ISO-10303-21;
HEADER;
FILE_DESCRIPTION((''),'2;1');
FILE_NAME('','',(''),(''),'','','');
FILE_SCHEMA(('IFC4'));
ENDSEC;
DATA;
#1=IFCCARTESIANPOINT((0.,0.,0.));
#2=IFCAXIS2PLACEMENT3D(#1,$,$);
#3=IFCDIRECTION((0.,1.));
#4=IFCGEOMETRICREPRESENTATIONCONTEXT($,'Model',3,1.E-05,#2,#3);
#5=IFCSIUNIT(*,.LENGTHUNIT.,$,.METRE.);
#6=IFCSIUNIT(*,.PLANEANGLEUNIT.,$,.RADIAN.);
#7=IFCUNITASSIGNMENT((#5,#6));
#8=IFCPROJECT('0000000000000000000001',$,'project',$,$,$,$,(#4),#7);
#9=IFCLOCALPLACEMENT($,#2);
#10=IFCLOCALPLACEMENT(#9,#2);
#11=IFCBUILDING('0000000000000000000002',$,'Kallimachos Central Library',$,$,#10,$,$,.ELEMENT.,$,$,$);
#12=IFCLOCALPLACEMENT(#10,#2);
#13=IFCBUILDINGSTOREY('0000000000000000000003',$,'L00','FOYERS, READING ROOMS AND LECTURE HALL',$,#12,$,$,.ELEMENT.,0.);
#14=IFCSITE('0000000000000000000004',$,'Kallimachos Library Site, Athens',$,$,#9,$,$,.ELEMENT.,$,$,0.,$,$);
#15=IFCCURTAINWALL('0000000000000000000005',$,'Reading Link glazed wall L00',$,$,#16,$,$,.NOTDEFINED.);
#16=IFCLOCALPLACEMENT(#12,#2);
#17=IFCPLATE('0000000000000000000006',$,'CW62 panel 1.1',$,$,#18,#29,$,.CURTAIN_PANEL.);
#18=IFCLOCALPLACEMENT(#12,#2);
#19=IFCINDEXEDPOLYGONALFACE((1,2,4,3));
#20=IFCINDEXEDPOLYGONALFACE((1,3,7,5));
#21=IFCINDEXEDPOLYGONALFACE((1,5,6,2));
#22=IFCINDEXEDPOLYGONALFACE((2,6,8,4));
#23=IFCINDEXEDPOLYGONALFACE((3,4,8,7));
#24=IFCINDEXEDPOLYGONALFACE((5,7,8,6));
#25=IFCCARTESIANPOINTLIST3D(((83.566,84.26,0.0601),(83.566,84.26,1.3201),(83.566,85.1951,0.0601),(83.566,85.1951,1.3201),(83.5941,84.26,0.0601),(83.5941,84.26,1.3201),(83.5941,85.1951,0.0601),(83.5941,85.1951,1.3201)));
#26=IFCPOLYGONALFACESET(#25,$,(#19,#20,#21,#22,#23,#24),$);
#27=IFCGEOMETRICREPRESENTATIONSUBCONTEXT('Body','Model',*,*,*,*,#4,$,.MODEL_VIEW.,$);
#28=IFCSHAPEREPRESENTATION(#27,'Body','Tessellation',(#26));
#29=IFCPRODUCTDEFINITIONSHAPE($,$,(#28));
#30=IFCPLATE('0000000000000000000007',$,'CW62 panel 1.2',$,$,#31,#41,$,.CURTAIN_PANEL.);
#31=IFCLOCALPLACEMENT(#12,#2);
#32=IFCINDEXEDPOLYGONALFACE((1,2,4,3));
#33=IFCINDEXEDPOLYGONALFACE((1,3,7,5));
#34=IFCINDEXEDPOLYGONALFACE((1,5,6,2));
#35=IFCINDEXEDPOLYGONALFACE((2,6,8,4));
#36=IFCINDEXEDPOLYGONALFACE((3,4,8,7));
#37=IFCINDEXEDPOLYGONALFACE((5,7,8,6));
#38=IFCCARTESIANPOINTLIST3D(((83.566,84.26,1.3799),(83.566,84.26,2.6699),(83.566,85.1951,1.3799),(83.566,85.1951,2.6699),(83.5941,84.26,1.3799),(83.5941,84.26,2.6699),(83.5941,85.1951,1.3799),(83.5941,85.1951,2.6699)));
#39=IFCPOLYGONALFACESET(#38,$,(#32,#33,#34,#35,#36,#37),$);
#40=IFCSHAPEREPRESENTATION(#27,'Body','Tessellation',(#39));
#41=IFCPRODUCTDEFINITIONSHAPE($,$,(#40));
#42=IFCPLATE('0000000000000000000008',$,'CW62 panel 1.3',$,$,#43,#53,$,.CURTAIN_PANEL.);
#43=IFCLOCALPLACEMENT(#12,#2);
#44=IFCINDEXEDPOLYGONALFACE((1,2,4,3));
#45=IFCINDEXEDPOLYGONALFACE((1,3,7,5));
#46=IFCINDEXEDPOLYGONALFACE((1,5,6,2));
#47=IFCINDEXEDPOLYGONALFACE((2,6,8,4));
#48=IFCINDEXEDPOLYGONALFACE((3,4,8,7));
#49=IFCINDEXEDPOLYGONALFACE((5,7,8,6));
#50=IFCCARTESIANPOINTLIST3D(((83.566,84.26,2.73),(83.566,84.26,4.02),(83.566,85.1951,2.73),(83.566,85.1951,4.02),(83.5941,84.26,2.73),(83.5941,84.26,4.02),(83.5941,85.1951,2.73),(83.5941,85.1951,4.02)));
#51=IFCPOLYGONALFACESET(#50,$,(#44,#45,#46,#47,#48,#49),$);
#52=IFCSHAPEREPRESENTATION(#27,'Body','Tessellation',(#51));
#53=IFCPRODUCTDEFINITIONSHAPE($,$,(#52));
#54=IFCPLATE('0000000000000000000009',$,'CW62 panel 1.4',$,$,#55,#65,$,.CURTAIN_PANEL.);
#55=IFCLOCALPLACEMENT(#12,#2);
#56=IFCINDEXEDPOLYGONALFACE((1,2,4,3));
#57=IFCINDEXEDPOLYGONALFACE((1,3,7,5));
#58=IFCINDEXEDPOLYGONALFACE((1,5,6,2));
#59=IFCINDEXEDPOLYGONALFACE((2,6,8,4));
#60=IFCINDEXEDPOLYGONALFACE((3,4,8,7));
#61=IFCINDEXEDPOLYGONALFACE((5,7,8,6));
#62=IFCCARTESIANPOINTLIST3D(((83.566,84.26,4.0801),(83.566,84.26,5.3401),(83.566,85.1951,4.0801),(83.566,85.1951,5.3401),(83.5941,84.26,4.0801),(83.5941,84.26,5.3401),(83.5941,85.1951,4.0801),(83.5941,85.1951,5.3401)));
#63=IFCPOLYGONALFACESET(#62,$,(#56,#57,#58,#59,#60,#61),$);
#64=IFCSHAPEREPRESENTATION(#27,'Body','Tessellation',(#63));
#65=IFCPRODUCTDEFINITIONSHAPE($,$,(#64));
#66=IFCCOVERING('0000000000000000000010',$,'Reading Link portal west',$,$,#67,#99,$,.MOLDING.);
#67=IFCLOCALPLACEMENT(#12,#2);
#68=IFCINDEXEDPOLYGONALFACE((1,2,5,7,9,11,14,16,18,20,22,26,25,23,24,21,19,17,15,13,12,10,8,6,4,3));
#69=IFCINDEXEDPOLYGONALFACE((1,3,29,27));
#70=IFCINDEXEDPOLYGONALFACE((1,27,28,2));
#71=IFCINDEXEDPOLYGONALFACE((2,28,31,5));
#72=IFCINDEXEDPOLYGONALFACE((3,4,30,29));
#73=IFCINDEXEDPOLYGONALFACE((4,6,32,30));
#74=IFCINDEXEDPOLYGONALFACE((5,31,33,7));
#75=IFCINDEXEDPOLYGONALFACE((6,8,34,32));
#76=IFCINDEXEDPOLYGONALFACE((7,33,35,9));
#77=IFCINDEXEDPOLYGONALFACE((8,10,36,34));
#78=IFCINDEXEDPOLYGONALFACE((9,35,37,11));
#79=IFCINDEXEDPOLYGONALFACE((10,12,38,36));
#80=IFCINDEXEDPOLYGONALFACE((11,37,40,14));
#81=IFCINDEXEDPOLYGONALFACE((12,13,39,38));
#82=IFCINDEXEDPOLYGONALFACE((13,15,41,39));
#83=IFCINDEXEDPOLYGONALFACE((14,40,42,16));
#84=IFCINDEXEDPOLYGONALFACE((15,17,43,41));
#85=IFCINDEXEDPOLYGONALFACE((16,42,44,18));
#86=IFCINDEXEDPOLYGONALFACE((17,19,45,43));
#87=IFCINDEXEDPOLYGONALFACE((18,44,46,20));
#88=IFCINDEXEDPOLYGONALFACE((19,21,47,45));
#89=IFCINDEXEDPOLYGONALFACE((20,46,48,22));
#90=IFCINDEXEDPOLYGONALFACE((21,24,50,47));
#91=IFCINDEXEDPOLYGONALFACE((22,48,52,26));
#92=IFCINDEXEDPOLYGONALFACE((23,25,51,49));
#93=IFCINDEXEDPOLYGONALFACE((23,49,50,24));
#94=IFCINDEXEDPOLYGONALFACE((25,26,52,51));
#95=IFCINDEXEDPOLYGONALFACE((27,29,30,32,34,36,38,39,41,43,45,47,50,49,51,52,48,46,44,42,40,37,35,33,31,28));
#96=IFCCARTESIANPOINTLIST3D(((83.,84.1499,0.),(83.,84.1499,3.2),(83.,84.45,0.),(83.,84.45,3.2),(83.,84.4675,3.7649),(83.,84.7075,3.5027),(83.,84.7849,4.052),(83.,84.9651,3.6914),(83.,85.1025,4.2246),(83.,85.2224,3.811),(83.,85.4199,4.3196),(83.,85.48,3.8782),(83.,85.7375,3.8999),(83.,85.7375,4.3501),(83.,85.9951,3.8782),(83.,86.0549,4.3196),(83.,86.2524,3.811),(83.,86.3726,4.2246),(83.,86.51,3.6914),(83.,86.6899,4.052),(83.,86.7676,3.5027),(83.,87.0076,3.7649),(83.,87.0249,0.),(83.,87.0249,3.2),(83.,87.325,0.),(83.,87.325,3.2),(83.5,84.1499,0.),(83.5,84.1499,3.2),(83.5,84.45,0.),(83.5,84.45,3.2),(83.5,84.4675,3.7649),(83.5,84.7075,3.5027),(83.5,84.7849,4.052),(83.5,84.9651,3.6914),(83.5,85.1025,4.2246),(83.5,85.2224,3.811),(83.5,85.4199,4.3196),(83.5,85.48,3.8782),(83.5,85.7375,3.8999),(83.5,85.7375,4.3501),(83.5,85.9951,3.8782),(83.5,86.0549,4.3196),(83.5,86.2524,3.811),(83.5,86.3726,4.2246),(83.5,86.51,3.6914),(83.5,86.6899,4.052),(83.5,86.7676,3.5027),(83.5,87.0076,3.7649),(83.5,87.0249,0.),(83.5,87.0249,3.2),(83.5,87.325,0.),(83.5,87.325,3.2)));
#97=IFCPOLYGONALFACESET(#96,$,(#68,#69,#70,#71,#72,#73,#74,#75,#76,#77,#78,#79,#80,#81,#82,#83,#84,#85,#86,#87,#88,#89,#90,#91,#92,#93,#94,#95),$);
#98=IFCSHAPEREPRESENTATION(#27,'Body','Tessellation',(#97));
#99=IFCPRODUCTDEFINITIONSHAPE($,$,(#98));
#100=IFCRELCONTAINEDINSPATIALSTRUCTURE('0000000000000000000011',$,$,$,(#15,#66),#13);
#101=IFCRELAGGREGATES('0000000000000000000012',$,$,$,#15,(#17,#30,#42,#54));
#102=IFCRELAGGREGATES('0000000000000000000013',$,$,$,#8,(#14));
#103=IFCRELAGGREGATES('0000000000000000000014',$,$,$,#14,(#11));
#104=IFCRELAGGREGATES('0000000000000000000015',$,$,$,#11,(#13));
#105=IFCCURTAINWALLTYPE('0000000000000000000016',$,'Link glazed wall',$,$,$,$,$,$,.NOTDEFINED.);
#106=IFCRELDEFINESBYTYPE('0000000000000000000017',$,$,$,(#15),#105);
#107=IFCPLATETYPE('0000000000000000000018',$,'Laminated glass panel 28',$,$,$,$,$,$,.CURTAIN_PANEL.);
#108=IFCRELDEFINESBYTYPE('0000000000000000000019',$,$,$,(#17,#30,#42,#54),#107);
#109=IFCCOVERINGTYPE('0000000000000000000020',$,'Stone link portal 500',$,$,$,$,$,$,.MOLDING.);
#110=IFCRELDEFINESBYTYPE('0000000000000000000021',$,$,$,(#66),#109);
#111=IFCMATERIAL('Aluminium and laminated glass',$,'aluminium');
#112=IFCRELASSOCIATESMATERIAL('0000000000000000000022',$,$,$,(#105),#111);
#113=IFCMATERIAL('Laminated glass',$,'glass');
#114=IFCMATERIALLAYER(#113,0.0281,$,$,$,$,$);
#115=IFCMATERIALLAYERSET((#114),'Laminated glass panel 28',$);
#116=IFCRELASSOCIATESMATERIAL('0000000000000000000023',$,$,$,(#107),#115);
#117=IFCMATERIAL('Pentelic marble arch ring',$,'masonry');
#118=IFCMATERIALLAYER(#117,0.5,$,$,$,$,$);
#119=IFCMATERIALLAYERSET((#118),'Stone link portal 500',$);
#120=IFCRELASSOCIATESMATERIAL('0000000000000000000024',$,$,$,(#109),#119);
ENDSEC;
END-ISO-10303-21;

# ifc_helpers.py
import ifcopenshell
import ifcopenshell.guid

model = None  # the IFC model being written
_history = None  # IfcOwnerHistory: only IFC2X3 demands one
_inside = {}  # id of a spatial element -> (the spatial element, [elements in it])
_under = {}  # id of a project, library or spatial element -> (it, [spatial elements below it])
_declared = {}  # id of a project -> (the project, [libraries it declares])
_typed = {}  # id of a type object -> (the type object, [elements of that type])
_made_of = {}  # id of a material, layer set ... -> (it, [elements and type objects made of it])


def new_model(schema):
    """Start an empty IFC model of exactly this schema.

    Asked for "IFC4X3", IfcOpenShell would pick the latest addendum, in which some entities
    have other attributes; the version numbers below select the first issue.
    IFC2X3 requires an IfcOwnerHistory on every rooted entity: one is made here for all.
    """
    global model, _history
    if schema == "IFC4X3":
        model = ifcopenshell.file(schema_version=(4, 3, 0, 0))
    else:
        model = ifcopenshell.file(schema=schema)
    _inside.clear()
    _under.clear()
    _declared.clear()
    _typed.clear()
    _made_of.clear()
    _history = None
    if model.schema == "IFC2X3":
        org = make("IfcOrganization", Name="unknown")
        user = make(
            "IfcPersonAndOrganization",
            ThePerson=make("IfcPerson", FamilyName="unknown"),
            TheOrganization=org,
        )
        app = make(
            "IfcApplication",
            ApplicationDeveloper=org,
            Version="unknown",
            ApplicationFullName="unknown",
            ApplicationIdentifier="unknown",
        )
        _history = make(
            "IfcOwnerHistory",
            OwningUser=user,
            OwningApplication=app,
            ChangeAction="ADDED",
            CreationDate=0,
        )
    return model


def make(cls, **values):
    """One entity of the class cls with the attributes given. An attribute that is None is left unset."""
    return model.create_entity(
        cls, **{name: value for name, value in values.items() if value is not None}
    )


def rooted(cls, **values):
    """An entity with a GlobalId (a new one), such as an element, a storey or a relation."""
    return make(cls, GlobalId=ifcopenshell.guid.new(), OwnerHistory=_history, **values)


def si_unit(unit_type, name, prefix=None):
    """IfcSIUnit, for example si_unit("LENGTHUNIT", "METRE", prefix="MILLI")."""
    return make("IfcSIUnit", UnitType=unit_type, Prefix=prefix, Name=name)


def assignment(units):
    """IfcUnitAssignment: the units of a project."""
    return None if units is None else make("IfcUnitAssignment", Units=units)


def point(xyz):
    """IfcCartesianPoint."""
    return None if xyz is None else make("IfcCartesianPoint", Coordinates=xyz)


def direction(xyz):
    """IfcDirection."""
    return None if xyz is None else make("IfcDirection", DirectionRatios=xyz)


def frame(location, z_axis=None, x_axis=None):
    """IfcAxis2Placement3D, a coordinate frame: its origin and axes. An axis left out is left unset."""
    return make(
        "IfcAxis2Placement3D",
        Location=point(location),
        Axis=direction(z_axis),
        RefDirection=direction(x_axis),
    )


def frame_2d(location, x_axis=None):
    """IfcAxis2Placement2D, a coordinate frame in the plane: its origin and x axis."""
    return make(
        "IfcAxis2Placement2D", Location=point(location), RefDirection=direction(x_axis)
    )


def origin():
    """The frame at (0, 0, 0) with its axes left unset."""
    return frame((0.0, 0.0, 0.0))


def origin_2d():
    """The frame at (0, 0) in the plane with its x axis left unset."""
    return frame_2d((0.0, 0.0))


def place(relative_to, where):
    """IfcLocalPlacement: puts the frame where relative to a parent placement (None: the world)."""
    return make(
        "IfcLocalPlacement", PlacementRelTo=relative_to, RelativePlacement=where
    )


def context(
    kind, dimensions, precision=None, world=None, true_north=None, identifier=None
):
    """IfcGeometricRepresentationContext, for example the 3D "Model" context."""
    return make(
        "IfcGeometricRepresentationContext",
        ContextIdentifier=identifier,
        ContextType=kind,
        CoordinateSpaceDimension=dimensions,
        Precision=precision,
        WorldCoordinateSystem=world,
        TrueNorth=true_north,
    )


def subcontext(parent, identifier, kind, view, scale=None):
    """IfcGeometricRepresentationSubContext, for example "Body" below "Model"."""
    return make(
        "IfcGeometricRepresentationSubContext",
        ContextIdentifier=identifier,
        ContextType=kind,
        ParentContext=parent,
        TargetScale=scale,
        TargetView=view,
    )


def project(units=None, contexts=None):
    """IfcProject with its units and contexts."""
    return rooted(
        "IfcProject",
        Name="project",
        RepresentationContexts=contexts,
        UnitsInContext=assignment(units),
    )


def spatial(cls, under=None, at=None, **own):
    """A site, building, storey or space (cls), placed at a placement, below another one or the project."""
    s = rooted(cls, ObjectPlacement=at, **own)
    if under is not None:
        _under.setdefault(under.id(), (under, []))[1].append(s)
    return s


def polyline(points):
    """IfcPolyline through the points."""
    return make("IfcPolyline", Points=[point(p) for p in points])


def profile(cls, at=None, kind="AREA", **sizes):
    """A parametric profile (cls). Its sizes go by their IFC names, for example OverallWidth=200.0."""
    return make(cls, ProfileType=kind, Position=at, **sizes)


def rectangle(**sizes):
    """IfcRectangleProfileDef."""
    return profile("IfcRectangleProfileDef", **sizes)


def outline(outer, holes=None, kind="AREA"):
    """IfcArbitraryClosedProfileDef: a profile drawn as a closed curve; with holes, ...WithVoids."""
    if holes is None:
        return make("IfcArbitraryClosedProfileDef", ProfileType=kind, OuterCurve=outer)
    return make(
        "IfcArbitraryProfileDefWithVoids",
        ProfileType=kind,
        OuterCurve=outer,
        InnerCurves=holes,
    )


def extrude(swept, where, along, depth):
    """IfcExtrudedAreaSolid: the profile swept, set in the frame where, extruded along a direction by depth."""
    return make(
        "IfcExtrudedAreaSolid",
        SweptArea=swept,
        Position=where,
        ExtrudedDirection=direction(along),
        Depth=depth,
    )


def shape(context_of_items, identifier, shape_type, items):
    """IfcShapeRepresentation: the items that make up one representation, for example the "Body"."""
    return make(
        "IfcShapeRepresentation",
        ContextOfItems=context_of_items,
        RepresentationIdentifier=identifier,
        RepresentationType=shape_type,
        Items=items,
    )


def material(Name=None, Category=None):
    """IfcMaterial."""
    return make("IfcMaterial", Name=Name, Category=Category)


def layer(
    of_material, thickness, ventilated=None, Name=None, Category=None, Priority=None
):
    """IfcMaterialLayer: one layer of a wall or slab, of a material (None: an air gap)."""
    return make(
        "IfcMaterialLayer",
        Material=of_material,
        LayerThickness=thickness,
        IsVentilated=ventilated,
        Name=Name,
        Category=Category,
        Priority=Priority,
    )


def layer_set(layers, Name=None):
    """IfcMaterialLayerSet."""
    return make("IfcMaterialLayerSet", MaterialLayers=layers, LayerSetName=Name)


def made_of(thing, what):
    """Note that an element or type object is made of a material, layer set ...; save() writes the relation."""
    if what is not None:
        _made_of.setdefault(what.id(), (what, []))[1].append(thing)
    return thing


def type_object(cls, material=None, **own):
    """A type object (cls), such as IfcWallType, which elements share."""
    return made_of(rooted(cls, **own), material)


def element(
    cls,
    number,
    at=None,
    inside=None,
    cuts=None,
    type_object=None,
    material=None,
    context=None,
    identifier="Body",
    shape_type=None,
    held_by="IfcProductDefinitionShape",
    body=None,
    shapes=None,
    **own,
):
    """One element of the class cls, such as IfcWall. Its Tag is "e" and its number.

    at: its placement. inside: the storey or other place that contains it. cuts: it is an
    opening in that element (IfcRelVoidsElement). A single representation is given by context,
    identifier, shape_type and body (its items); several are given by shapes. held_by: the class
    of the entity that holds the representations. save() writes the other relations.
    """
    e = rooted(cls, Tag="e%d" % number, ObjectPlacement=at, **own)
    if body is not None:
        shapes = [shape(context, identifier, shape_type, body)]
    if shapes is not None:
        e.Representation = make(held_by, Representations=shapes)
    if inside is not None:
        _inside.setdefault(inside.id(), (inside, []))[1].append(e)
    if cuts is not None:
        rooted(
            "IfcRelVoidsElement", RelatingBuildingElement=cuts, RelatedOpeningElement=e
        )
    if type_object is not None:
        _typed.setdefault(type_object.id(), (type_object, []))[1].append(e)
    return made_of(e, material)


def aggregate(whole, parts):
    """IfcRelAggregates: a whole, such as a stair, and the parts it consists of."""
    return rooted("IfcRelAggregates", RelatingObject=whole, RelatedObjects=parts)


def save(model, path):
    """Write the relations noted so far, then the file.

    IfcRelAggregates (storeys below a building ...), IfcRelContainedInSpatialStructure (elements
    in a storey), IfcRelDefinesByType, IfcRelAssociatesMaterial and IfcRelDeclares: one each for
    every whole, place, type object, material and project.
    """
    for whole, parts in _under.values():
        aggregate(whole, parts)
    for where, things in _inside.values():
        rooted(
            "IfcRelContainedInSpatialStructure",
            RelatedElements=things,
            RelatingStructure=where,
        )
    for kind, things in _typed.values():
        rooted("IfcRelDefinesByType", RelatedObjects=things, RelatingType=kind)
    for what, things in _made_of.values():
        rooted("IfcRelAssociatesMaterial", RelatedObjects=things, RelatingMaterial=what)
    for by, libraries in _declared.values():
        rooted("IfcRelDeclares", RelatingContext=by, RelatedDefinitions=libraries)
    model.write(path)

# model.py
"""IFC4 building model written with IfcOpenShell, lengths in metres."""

from ifc_helpers import new_model, si_unit, direction, frame, origin, origin_2d, place, context, subcontext, project, spatial, polyline, rectangle, outline, extrude, material, layer, layer_set, type_object, element, aggregate, save


model = new_model("IFC4")

# Units and contexts
model_context = context("Model", 3, precision=1e-05, world=origin(), true_north=direction((0.0, 1.0)))
body_context = subcontext(model_context, "Body", "Model", "MODEL_VIEW")
ifc_project = project(units=[si_unit("LENGTHUNIT", "METRE"), si_unit("PLANEANGLEUNIT", "RADIAN")], contexts=[model_context])

# Site, building, storey
site_placement = place(None, origin())
site = spatial("IfcSite", under=ifc_project, at=site_placement, Name="Kallimachos Library Site, Athens", CompositionType="ELEMENT", RefElevation=0.0)
building_placement = place(site_placement, origin())
building = spatial("IfcBuilding", under=site, at=building_placement, Name="Kallimachos Central Library", CompositionType="ELEMENT")
storey_placement = place(building_placement, origin())
storey = spatial("IfcBuildingStorey", under=building, at=storey_placement, Name="L00", Description="FOYERS, READING ROOMS AND LECTURE HALL", CompositionType="ELEMENT", Elevation=0.0)

# Curtain wall
ifc_material_1 = material(Name="Aluminium and laminated glass", Category="aluminium")
curtain_wall_type = type_object("IfcCurtainWallType", Name="Link glazed wall", PredefinedType="NOTDEFINED", material=ifc_material_1)
curtain_wall_placement = place(storey_placement, origin())
curtain_wall = element("IfcCurtainWall", 1, at=curtain_wall_placement, inside=storey, type_object=curtain_wall_type, Name="Reading Link glazed wall L00", PredefinedType="NOTDEFINED")

# Plates
ifc_material_2 = material(Name="Laminated glass", Category="glass")
ifc_layer_1 = layer(ifc_material_2, 0.0281)
ifc_layer_set_1 = layer_set([ifc_layer_1], Name="Laminated glass panel 28")
plate_type = type_object("IfcPlateType", Name="Laminated glass panel 28", PredefinedType="CURTAIN_PANEL", material=ifc_layer_set_1)
plate_1_placement = place(storey_placement, frame((83.5801, 84.7275, 0.0601), z_axis=(0.0, 0.0, 1.0), x_axis=(0.0, 1.0, 0.0)))
plate_1 = element("IfcPlate", 2, at=plate_1_placement, type_object=plate_type, Name="CW62 panel 1.1", PredefinedType="CURTAIN_PANEL", context=body_context, shape_type="SweptSolid", body=[
    extrude(rectangle(XDim=0.9351, YDim=0.0281, at=origin_2d()), origin(), (0.0, 0.0, 1.0), 1.26),
])
plate_2_placement = place(storey_placement, frame((83.5801, 84.7275, 1.3799), z_axis=(0.0, 0.0, 1.0), x_axis=(0.0, 1.0, 0.0)))
plate_2 = element("IfcPlate", 3, at=plate_2_placement, type_object=plate_type, Name="CW62 panel 1.2", PredefinedType="CURTAIN_PANEL", context=body_context, shape_type="SweptSolid", body=[
    extrude(rectangle(XDim=0.9351, YDim=0.0281, at=origin_2d()), origin(), (0.0, 0.0, 1.0), 1.29),
])
plate_3_placement = place(storey_placement, frame((83.5801, 84.7275, 2.73), z_axis=(0.0, 0.0, 1.0), x_axis=(0.0, 1.0, 0.0)))
plate_3 = element("IfcPlate", 4, at=plate_3_placement, type_object=plate_type, Name="CW62 panel 1.3", PredefinedType="CURTAIN_PANEL", context=body_context, shape_type="SweptSolid", body=[
    extrude(rectangle(XDim=0.9351, YDim=0.0281, at=origin_2d()), origin(), (0.0, 0.0, 1.0), 1.29),
])
plate_4_placement = place(storey_placement, frame((83.5801, 84.7275, 4.0801), z_axis=(0.0, 0.0, 1.0), x_axis=(0.0, 1.0, 0.0)))
plate_4 = element("IfcPlate", 5, at=plate_4_placement, type_object=plate_type, Name="CW62 panel 1.4", PredefinedType="CURTAIN_PANEL", context=body_context, shape_type="SweptSolid", body=[
    extrude(rectangle(XDim=0.9351, YDim=0.0281, at=origin_2d()), origin(), (0.0, 0.0, 1.0), 1.26),
])
aggregate(curtain_wall, [plate_1, plate_2, plate_3, plate_4])

# Covering
ifc_material_3 = material(Name="Pentelic marble arch ring", Category="masonry")
ifc_layer_2 = layer(ifc_material_3, 0.5)
ifc_layer_set_2 = layer_set([ifc_layer_2], Name="Stone link portal 500")
covering_type = type_object("IfcCoveringType", Name="Stone link portal 500", PredefinedType="MOLDING", material=ifc_layer_set_2)
covering_placement = place(storey_placement, frame((83.0, 84.1499, 0.0), z_axis=(-1.0, 0.0, 0.0), x_axis=(0.0, 0.0, 1.0)))
element("IfcCovering", 6, at=covering_placement, inside=storey, type_object=covering_type, Name="Reading Link portal west", PredefinedType="MOLDING", context=body_context, shape_type="SweptSolid", body=[
    extrude(outline(polyline([(0.0, 0.0), (3.2, 0.0), (3.7649, 0.3176), (4.052, 0.635), (4.2246, 0.9526), (4.3196, 1.27), (4.3501, 1.5876), (4.3196, 1.905), (4.2246, 2.2227), (4.052, 2.54), (3.7649, 2.8577), (3.2, 3.175), (0.0, 3.175), (0.0, 2.875), (3.2, 2.875), (3.5027, 2.6177), (3.6914, 2.3601), (3.811, 2.1025), (3.8782, 1.8452), (3.8999, 1.5876), (3.8782, 1.3301), (3.811, 1.0725), (3.6914, 0.8152), (3.5027, 0.5576), (3.2, 0.3), (0.0, 0.3), (0.0, 0.0)])), origin(), (0.0, 0.0, -1.0), 0.5),
])

save(model, "model.ifc")
